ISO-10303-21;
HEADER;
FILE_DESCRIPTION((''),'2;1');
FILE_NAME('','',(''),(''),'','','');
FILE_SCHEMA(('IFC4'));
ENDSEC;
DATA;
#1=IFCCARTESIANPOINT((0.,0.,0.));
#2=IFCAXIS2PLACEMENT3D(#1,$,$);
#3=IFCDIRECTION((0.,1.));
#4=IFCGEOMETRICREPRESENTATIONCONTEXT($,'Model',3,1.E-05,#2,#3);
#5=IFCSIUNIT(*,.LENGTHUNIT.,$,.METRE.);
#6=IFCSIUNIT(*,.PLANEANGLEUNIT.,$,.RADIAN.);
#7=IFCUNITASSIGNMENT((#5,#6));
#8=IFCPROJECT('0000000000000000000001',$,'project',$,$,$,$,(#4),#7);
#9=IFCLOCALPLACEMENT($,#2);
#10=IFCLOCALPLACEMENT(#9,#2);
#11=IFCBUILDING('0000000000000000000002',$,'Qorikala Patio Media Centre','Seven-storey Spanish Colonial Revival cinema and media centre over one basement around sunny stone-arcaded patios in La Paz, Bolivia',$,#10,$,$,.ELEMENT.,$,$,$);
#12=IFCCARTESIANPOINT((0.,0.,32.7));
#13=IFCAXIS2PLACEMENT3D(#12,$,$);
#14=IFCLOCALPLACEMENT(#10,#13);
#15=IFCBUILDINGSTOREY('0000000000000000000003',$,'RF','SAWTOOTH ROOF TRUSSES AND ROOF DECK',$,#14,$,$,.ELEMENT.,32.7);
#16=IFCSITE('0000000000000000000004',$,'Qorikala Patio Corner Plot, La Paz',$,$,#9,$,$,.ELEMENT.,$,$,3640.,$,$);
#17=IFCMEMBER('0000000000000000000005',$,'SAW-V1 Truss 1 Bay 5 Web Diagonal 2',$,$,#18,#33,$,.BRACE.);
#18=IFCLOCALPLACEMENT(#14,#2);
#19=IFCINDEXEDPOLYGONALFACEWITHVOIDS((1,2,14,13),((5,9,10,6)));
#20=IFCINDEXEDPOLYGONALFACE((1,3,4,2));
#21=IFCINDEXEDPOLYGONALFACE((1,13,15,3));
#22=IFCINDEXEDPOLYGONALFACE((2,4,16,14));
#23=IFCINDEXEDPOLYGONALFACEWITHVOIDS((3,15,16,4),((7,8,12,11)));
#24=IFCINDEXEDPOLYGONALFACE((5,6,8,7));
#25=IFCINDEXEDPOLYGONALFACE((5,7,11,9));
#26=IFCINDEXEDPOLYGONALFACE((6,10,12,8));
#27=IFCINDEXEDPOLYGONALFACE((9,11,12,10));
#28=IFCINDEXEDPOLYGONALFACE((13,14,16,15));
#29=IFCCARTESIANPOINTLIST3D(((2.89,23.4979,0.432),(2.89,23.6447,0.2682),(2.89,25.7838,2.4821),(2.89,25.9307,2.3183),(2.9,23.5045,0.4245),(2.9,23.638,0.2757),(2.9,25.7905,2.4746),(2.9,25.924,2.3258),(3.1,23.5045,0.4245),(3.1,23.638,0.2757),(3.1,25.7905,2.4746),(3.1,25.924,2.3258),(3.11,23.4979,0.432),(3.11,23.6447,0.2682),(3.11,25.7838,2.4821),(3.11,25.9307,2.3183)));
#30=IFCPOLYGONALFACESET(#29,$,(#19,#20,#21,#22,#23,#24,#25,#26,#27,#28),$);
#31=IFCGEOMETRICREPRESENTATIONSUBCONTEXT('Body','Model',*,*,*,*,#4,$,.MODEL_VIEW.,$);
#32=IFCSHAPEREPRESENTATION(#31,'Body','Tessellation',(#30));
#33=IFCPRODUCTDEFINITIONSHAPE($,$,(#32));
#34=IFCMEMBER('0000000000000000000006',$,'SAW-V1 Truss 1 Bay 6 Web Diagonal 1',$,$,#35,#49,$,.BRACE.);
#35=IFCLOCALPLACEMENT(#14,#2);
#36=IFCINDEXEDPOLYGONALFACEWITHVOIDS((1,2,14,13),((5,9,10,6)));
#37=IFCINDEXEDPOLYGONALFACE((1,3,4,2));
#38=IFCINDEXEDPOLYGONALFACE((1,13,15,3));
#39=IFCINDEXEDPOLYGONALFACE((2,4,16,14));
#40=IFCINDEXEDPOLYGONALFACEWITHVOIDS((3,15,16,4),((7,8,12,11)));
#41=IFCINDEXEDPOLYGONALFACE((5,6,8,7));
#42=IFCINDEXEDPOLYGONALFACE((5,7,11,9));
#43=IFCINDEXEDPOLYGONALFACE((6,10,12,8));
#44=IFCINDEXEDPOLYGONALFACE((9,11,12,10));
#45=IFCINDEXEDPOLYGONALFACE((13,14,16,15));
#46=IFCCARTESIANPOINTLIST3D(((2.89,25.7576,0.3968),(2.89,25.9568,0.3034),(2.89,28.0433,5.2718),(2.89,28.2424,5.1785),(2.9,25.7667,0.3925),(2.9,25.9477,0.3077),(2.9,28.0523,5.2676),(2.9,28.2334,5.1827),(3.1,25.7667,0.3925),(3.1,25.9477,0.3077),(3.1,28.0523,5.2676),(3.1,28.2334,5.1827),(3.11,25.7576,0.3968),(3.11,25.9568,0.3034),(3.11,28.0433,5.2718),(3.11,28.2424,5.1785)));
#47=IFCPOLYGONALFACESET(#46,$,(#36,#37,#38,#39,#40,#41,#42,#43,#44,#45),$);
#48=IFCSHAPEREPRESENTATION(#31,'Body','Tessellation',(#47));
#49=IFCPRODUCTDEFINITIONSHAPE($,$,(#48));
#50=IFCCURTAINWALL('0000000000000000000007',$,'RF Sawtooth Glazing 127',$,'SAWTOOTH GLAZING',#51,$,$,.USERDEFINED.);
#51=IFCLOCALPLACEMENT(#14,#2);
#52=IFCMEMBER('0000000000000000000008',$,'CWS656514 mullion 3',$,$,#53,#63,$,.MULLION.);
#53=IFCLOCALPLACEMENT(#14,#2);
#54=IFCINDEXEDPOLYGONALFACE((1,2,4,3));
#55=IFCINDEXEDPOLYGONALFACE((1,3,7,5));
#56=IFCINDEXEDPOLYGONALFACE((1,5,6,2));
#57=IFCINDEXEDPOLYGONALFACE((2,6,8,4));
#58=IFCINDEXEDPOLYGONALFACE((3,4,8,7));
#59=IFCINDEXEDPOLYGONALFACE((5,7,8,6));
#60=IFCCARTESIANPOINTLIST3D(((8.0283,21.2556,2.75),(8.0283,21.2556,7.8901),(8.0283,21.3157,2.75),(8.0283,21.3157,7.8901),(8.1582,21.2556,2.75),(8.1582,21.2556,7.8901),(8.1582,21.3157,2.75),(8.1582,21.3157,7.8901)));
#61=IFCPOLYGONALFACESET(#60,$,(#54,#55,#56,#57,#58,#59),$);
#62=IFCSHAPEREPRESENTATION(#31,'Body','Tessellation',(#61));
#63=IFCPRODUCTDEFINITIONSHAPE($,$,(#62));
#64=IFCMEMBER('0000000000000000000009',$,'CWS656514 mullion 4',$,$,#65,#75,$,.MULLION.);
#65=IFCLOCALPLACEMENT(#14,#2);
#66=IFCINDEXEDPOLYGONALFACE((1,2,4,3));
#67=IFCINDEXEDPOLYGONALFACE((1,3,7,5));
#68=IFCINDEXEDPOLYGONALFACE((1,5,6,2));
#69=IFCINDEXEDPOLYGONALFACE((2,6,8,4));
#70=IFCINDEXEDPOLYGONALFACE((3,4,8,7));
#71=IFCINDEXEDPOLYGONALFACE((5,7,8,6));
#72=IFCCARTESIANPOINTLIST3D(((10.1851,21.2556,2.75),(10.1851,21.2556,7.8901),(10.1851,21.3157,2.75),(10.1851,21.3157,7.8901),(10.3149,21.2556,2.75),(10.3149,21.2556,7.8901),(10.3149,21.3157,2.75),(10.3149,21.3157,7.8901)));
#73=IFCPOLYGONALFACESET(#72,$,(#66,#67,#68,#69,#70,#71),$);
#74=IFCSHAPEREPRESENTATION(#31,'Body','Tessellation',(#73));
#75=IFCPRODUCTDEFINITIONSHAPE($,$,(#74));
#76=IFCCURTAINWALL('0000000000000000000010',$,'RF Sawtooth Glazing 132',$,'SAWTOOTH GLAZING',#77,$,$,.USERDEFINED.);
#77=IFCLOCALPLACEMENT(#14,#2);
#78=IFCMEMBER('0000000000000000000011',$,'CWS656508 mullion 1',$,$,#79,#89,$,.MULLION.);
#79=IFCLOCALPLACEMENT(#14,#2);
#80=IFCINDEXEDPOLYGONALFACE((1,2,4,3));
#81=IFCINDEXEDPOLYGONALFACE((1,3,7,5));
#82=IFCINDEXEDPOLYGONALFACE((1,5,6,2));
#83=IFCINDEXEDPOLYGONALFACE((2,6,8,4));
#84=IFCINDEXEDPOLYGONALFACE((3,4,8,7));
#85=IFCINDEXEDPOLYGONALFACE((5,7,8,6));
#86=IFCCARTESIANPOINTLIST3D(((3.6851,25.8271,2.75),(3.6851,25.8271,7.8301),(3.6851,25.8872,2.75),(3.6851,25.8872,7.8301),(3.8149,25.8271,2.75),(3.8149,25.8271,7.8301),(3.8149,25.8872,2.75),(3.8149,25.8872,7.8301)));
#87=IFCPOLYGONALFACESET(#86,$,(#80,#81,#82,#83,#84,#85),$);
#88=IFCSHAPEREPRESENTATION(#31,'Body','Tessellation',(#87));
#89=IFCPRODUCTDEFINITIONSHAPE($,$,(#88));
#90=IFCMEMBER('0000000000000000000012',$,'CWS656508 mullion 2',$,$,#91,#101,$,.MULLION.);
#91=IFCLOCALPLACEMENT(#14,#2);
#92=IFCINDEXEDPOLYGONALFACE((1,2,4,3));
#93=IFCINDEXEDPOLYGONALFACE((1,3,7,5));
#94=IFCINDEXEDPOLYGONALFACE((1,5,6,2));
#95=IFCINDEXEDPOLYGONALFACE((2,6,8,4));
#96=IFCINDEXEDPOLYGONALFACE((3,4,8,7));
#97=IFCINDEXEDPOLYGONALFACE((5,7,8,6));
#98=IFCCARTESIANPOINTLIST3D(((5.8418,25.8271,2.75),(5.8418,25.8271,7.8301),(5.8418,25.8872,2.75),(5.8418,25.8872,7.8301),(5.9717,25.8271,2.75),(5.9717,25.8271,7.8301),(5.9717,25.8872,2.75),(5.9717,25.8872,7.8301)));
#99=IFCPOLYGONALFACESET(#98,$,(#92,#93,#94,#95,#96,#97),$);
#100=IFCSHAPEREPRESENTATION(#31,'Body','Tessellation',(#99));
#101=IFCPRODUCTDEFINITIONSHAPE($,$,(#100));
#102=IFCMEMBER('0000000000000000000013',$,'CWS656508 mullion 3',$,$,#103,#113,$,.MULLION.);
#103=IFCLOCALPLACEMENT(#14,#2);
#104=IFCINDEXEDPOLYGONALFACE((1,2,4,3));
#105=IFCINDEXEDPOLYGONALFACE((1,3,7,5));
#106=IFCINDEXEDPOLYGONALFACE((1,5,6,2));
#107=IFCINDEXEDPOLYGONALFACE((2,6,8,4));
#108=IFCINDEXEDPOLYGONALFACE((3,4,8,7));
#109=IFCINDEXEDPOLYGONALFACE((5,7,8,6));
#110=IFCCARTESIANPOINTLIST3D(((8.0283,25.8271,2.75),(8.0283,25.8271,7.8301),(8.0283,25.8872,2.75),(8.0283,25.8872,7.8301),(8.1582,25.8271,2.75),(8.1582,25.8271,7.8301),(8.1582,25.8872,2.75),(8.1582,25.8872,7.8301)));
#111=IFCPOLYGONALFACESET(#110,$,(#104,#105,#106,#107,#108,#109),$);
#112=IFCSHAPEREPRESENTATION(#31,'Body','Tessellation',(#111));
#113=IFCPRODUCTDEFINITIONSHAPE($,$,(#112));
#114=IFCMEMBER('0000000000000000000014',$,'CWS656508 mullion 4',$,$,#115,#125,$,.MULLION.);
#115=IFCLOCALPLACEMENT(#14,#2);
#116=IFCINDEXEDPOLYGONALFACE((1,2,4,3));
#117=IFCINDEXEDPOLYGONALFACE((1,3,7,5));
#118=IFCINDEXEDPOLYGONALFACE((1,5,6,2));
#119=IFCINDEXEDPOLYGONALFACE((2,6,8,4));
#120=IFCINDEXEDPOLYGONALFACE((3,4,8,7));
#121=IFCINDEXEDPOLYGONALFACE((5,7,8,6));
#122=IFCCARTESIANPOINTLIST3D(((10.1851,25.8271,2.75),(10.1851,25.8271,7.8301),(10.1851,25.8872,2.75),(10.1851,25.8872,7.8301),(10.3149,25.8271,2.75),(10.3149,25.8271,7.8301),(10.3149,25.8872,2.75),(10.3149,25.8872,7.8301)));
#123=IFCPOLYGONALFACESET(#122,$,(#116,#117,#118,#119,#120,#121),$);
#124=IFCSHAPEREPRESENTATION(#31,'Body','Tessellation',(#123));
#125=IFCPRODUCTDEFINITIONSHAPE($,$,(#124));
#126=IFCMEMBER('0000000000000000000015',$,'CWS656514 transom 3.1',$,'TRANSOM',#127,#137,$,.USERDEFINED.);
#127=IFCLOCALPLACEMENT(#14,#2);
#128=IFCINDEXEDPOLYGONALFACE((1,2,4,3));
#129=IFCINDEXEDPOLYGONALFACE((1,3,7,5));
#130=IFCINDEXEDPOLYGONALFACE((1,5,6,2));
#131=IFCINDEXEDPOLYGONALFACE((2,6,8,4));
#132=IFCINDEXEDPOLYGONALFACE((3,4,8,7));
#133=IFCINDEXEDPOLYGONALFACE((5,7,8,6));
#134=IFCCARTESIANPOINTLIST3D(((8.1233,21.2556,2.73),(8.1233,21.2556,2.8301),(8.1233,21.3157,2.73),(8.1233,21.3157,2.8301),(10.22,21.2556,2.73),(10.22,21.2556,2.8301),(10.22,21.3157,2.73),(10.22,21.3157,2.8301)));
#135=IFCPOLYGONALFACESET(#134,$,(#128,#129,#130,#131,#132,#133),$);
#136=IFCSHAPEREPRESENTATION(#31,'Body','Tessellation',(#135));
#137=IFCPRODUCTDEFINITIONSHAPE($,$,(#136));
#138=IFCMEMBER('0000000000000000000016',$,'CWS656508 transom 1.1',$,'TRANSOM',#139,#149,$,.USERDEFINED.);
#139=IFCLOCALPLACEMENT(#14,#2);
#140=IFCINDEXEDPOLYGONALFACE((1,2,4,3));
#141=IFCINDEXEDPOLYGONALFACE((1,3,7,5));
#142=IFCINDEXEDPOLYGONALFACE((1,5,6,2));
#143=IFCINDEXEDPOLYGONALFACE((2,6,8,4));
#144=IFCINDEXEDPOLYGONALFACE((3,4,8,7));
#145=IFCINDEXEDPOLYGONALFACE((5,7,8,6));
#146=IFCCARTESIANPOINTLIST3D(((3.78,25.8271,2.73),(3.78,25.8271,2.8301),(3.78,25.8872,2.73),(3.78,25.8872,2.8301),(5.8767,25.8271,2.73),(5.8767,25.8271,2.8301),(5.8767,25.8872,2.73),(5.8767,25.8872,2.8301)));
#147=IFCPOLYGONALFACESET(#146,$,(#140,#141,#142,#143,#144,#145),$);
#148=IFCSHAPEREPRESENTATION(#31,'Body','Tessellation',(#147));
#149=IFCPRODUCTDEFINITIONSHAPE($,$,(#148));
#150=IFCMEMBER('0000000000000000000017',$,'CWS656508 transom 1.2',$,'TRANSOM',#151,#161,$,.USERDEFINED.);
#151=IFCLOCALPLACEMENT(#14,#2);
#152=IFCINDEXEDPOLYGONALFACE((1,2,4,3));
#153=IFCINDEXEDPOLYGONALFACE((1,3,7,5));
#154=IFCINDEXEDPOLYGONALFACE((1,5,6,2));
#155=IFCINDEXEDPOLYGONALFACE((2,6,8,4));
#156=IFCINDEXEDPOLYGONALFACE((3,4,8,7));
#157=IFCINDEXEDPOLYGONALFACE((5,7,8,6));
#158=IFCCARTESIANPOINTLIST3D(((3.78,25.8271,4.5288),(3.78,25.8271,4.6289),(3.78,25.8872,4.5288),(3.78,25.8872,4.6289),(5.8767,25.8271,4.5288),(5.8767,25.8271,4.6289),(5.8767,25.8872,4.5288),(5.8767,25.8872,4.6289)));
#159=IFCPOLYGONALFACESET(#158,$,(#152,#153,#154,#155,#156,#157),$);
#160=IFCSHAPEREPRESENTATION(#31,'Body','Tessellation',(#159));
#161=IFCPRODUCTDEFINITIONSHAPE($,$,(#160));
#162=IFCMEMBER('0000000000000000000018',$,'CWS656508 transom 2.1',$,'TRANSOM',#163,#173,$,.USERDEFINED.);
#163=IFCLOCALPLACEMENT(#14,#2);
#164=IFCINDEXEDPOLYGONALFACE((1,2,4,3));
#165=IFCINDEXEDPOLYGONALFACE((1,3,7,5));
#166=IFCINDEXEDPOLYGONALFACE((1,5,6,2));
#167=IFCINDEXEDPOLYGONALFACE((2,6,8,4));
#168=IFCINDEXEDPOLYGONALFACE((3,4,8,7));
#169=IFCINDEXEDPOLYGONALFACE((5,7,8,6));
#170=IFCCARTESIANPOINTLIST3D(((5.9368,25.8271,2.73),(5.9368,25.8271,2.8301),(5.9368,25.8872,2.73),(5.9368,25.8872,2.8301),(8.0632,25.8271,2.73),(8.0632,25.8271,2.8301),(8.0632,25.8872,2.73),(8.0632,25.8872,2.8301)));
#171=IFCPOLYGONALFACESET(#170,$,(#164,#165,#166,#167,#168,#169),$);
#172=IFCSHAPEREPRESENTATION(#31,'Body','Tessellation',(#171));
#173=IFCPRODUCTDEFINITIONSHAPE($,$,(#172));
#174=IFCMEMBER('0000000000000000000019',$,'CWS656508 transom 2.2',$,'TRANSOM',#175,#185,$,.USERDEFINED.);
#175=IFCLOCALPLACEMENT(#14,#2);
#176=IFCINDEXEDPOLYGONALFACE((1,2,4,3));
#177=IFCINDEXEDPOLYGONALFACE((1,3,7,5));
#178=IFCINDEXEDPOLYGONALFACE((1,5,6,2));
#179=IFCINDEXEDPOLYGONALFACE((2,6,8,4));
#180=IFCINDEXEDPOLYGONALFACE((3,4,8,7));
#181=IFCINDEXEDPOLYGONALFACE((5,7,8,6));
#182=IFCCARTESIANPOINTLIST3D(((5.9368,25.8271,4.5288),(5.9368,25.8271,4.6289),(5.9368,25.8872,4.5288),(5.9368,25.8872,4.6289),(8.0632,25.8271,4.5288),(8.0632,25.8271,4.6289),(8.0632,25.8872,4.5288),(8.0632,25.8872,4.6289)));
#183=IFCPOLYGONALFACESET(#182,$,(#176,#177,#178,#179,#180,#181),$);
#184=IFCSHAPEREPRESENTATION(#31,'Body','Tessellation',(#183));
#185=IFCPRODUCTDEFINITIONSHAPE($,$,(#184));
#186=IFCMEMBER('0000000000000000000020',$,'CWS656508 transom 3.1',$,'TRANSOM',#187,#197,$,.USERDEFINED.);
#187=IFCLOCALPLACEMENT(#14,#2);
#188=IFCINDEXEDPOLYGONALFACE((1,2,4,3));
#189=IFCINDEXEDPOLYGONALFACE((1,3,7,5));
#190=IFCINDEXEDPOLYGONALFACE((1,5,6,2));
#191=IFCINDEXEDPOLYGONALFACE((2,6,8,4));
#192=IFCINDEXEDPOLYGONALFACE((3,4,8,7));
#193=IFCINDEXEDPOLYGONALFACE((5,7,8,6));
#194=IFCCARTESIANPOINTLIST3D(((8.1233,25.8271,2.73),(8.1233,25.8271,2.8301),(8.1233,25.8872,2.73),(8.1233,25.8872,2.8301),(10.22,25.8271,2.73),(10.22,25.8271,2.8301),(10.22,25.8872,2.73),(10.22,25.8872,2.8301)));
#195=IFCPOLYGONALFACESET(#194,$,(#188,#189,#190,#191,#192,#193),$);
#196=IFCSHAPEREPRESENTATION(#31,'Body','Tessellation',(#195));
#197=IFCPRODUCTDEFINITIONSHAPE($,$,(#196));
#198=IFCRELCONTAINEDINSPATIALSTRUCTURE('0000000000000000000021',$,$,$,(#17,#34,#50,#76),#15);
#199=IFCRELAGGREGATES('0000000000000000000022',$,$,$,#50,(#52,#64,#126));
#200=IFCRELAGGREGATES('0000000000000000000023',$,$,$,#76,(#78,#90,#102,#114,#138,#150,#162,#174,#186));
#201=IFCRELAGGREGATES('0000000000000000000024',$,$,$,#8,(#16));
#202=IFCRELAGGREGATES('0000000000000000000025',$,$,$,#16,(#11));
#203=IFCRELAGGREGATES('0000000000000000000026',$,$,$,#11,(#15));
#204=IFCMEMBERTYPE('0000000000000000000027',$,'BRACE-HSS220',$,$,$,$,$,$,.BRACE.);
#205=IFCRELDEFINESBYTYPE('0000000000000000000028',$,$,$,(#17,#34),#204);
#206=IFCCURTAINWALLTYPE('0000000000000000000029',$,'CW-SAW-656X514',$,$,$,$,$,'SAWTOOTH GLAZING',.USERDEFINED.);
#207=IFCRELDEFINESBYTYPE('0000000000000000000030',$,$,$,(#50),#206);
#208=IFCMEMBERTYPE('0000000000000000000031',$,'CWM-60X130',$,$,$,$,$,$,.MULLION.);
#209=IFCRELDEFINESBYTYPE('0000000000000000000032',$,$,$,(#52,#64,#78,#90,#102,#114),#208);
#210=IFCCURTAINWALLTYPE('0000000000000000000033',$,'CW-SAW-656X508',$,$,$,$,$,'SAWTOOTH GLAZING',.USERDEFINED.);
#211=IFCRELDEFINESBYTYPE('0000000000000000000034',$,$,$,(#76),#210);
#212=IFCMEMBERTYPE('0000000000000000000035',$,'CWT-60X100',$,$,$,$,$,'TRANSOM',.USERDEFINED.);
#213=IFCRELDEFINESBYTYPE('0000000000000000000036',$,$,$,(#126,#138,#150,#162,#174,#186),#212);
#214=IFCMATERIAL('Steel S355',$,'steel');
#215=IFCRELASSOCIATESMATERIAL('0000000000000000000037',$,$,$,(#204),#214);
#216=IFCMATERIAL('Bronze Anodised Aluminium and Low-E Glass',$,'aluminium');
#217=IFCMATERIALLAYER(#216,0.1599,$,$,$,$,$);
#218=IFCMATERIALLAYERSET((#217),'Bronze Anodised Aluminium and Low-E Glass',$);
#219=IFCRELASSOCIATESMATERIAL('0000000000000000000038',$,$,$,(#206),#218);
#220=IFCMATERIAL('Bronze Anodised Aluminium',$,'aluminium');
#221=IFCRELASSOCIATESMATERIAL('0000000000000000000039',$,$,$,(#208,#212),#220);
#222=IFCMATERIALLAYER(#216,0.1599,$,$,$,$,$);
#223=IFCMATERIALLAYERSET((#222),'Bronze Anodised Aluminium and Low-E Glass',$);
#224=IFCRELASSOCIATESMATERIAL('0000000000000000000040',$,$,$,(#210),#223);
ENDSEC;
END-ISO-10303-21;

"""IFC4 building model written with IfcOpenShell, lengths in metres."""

from ifc_helpers import new_model, si_unit, direction, frame, origin, origin_2d, place, context, subcontext, project, spatial, rectangle, hollow_rectangle, extrude, material, layer, layer_set, material_profile, profile_set, type_object, element, aggregate, save


model = new_model("IFC4")

# Units and contexts
model_context = context("Model", 3, precision=1e-05, world=origin(), true_north=direction((0.0, 1.0)))
body_context = subcontext(model_context, "Body", "Model", "MODEL_VIEW")
ifc_project = project(units=[si_unit("LENGTHUNIT", "METRE"), si_unit("PLANEANGLEUNIT", "RADIAN")], contexts=[model_context])

# Site, building, storey
site_placement = place(None, origin())
site = spatial("IfcSite", under=ifc_project, at=site_placement, Name="Qorikala Patio Corner Plot, La Paz", CompositionType="ELEMENT", RefElevation=3640.0)
building_placement = place(site_placement, origin())
building = spatial("IfcBuilding", under=site, at=building_placement, Name="Qorikala Patio Media Centre", Description="Seven-storey Spanish Colonial Revival cinema and media centre over one basement around sunny stone-arcaded patios in La Paz, Bolivia", CompositionType="ELEMENT")
storey_placement = place(building_placement, frame((0.0, 0.0, 32.7)))
storey = spatial("IfcBuildingStorey", under=building, at=storey_placement, Name="RF", Description="SAWTOOTH ROOF TRUSSES AND ROOF DECK", CompositionType="ELEMENT", Elevation=32.7)

# Members
ifc_material_1 = material(Name="Steel S355", Category="steel")
ifc_material_profile_1 = material_profile(ifc_material_1, hollow_rectangle(XDim=0.22, YDim=0.22, WallThickness=0.01, at=origin_2d()), Name="HSS220X220X10")
ifc_profile_set_1 = profile_set([ifc_material_profile_1], Name="Steel S355")
member_type_1 = type_object("IfcMemberType", Name="BRACE-HSS220", PredefinedType="BRACE", material=ifc_profile_set_1)
member_1_placement = place(storey_placement, frame((3.0, 23.5713, 0.3501), z_axis=(0.0, 0.744467, 0.667659), x_axis=(-1.0, 0.0, 0.0)))
element("IfcMember", 1, at=member_1_placement, inside=storey, type_object=member_type_1, Name="SAW-V1 Truss 1 Bay 5 Web Diagonal 2", PredefinedType="BRACE", context=body_context, shape_type="SweptSolid", body=[
    extrude(hollow_rectangle(XDim=0.22, YDim=0.22, WallThickness=0.01, at=origin_2d()), origin(), (0.0, 0.0, 1.0), 3.0706),
])
member_2_placement = place(storey_placement, frame((3.0, 25.8572, 0.3501), z_axis=(0.0, 0.424508, 0.905424), x_axis=(-1.0, 0.0, 0.0)))
element("IfcMember", 2, at=member_2_placement, inside=storey, type_object=member_type_1, Name="SAW-V1 Truss 1 Bay 6 Web Diagonal 1", PredefinedType="BRACE", context=body_context, shape_type="SweptSolid", body=[
    extrude(hollow_rectangle(XDim=0.22, YDim=0.22, WallThickness=0.01, at=origin_2d()), origin(), (0.0, 0.0, 1.0), 5.3843),
])

# Curtain walls, members
ifc_material_2 = material(Name="Bronze Anodised Aluminium and Low-E Glass", Category="aluminium")
ifc_layer_1 = layer(ifc_material_2, 0.1599)
ifc_layer_set_1 = layer_set([ifc_layer_1], Name="Bronze Anodised Aluminium and Low-E Glass")
curtain_wall_type_1 = type_object("IfcCurtainWallType", Name="CW-SAW-656X514", ElementType="SAWTOOTH GLAZING", PredefinedType="USERDEFINED", material=ifc_layer_set_1)
curtain_wall_1_placement = place(storey_placement, origin())
curtain_wall_1 = element("IfcCurtainWall", 3, at=curtain_wall_1_placement, inside=storey, type_object=curtain_wall_type_1, Name="RF Sawtooth Glazing 127", ObjectType="SAWTOOTH GLAZING", PredefinedType="USERDEFINED")
ifc_material_3 = material(Name="Bronze Anodised Aluminium", Category="aluminium")
ifc_material_profile_2 = material_profile(ifc_material_3, rectangle(XDim=0.0601, YDim=0.1299, at=origin_2d()), Name="ALU MULLION 60x130")
ifc_profile_set_2 = profile_set([ifc_material_profile_2], Name="Bronze Anodised Aluminium")
member_type_2 = type_object("IfcMemberType", Name="CWM-60X130", PredefinedType="MULLION", material=ifc_profile_set_2)
member_3_placement = place(storey_placement, frame((8.0933, 21.2856, 2.75), z_axis=(0.0, 0.0, 1.0), x_axis=(0.0, 1.0, 0.0)))
member_3 = element("IfcMember", 4, at=member_3_placement, type_object=member_type_2, Name="CWS656514 mullion 3", PredefinedType="MULLION", context=body_context, shape_type="SweptSolid", body=[
    extrude(rectangle(XDim=0.0601, YDim=0.1299, at=origin_2d()), origin(), (0.0, 0.0, 1.0), 5.1401),
])
member_4_placement = place(storey_placement, frame((10.25, 21.2856, 2.75), z_axis=(0.0, 0.0, 1.0), x_axis=(0.0, 1.0, 0.0)))
member_4 = element("IfcMember", 5, at=member_4_placement, type_object=member_type_2, Name="CWS656514 mullion 4", PredefinedType="MULLION", context=body_context, shape_type="SweptSolid", body=[
    extrude(rectangle(XDim=0.0601, YDim=0.1299, at=origin_2d()), origin(), (0.0, 0.0, 1.0), 5.1401),
])
ifc_layer_2 = layer(ifc_material_2, 0.1599)
ifc_layer_set_2 = layer_set([ifc_layer_2], Name="Bronze Anodised Aluminium and Low-E Glass")
curtain_wall_type_2 = type_object("IfcCurtainWallType", Name="CW-SAW-656X508", ElementType="SAWTOOTH GLAZING", PredefinedType="USERDEFINED", material=ifc_layer_set_2)
curtain_wall_2_placement = place(storey_placement, origin())
curtain_wall_2 = element("IfcCurtainWall", 6, at=curtain_wall_2_placement, inside=storey, type_object=curtain_wall_type_2, Name="RF Sawtooth Glazing 132", ObjectType="SAWTOOTH GLAZING", PredefinedType="USERDEFINED")
member_5_placement = place(storey_placement, frame((3.75, 25.8572, 2.75), z_axis=(0.0, 0.0, 1.0), x_axis=(0.0, 1.0, 0.0)))
member_5 = element("IfcMember", 7, at=member_5_placement, type_object=member_type_2, Name="CWS656508 mullion 1", PredefinedType="MULLION", context=body_context, shape_type="SweptSolid", body=[
    extrude(rectangle(XDim=0.0601, YDim=0.1299, at=origin_2d()), origin(), (0.0, 0.0, 1.0), 5.0801),
])
member_6_placement = place(storey_placement, frame((5.9067, 25.8572, 2.75), z_axis=(0.0, 0.0, 1.0), x_axis=(0.0, 1.0, 0.0)))
member_6 = element("IfcMember", 8, at=member_6_placement, type_object=member_type_2, Name="CWS656508 mullion 2", PredefinedType="MULLION", context=body_context, shape_type="SweptSolid", body=[
    extrude(rectangle(XDim=0.0601, YDim=0.1299, at=origin_2d()), origin(), (0.0, 0.0, 1.0), 5.0801),
])
member_7_placement = place(storey_placement, frame((8.0933, 25.8572, 2.75), z_axis=(0.0, 0.0, 1.0), x_axis=(0.0, 1.0, 0.0)))
member_7 = element("IfcMember", 9, at=member_7_placement, type_object=member_type_2, Name="CWS656508 mullion 3", PredefinedType="MULLION", context=body_context, shape_type="SweptSolid", body=[
    extrude(rectangle(XDim=0.0601, YDim=0.1299, at=origin_2d()), origin(), (0.0, 0.0, 1.0), 5.0801),
])
member_8_placement = place(storey_placement, frame((10.25, 25.8572, 2.75), z_axis=(0.0, 0.0, 1.0), x_axis=(0.0, 1.0, 0.0)))
member_8 = element("IfcMember", 10, at=member_8_placement, type_object=member_type_2, Name="CWS656508 mullion 4", PredefinedType="MULLION", context=body_context, shape_type="SweptSolid", body=[
    extrude(rectangle(XDim=0.0601, YDim=0.1299, at=origin_2d()), origin(), (0.0, 0.0, 1.0), 5.0801),
])

# Members
ifc_material_profile_3 = material_profile(ifc_material_3, rectangle(XDim=0.0601, YDim=0.1001, at=origin_2d()), Name="ALU TRANSOM 60x100")
ifc_profile_set_3 = profile_set([ifc_material_profile_3], Name="Bronze Anodised Aluminium")
member_type_3 = type_object("IfcMemberType", Name="CWT-60X100", ElementType="TRANSOM", PredefinedType="USERDEFINED", material=ifc_profile_set_3)
member_9_placement = place(storey_placement, frame((8.1233, 21.2856, 2.78), z_axis=(1.0, 0.0, 0.0), x_axis=(0.0, 1.0, 0.0)))
member_9 = element("IfcMember", 11, at=member_9_placement, type_object=member_type_3, Name="CWS656514 transom 3.1", ObjectType="TRANSOM", PredefinedType="USERDEFINED", context=body_context, shape_type="SweptSolid", body=[
    extrude(rectangle(XDim=0.0601, YDim=0.1001, at=origin_2d()), origin(), (0.0, 0.0, 1.0), 2.0967),
])
member_10_placement = place(storey_placement, frame((3.78, 25.8572, 2.78), z_axis=(1.0, 0.0, 0.0), x_axis=(0.0, 1.0, 0.0)))
member_10 = element("IfcMember", 12, at=member_10_placement, type_object=member_type_3, Name="CWS656508 transom 1.1", ObjectType="TRANSOM", PredefinedType="USERDEFINED", context=body_context, shape_type="SweptSolid", body=[
    extrude(rectangle(XDim=0.0601, YDim=0.1001, at=origin_2d()), origin(), (0.0, 0.0, 1.0), 2.0967),
])
member_11_placement = place(storey_placement, frame((3.78, 25.8572, 4.5789), z_axis=(1.0, 0.0, 0.0), x_axis=(0.0, 1.0, 0.0)))
member_11 = element("IfcMember", 13, at=member_11_placement, type_object=member_type_3, Name="CWS656508 transom 1.2", ObjectType="TRANSOM", PredefinedType="USERDEFINED", context=body_context, shape_type="SweptSolid", body=[
    extrude(rectangle(XDim=0.0601, YDim=0.1001, at=origin_2d()), origin(), (0.0, 0.0, 1.0), 2.0967),
])
member_12_placement = place(storey_placement, frame((5.9368, 25.8572, 2.78), z_axis=(1.0, 0.0, 0.0), x_axis=(0.0, 1.0, 0.0)))
member_12 = element("IfcMember", 14, at=member_12_placement, type_object=member_type_3, Name="CWS656508 transom 2.1", ObjectType="TRANSOM", PredefinedType="USERDEFINED", context=body_context, shape_type="SweptSolid", body=[
    extrude(rectangle(XDim=0.0601, YDim=0.1001, at=origin_2d()), origin(), (0.0, 0.0, 1.0), 2.1265),
])
member_13_placement = place(storey_placement, frame((5.9368, 25.8572, 4.5789), z_axis=(1.0, 0.0, 0.0), x_axis=(0.0, 1.0, 0.0)))
member_13 = element("IfcMember", 15, at=member_13_placement, type_object=member_type_3, Name="CWS656508 transom 2.2", ObjectType="TRANSOM", PredefinedType="USERDEFINED", context=body_context, shape_type="SweptSolid", body=[
    extrude(rectangle(XDim=0.0601, YDim=0.1001, at=origin_2d()), origin(), (0.0, 0.0, 1.0), 2.1265),
])
member_14_placement = place(storey_placement, frame((8.1233, 25.8572, 2.78), z_axis=(1.0, 0.0, 0.0), x_axis=(0.0, 1.0, 0.0)))
member_14 = element("IfcMember", 16, at=member_14_placement, type_object=member_type_3, Name="CWS656508 transom 3.1", ObjectType="TRANSOM", PredefinedType="USERDEFINED", context=body_context, shape_type="SweptSolid", body=[
    extrude(rectangle(XDim=0.0601, YDim=0.1001, at=origin_2d()), origin(), (0.0, 0.0, 1.0), 2.0967),
])

aggregate(curtain_wall_1, [member_3, member_4, member_9])
aggregate(curtain_wall_2, [member_5, member_6, member_7, member_8, member_10, member_11, member_12, member_13, member_14])

save(model, "model.ifc")
